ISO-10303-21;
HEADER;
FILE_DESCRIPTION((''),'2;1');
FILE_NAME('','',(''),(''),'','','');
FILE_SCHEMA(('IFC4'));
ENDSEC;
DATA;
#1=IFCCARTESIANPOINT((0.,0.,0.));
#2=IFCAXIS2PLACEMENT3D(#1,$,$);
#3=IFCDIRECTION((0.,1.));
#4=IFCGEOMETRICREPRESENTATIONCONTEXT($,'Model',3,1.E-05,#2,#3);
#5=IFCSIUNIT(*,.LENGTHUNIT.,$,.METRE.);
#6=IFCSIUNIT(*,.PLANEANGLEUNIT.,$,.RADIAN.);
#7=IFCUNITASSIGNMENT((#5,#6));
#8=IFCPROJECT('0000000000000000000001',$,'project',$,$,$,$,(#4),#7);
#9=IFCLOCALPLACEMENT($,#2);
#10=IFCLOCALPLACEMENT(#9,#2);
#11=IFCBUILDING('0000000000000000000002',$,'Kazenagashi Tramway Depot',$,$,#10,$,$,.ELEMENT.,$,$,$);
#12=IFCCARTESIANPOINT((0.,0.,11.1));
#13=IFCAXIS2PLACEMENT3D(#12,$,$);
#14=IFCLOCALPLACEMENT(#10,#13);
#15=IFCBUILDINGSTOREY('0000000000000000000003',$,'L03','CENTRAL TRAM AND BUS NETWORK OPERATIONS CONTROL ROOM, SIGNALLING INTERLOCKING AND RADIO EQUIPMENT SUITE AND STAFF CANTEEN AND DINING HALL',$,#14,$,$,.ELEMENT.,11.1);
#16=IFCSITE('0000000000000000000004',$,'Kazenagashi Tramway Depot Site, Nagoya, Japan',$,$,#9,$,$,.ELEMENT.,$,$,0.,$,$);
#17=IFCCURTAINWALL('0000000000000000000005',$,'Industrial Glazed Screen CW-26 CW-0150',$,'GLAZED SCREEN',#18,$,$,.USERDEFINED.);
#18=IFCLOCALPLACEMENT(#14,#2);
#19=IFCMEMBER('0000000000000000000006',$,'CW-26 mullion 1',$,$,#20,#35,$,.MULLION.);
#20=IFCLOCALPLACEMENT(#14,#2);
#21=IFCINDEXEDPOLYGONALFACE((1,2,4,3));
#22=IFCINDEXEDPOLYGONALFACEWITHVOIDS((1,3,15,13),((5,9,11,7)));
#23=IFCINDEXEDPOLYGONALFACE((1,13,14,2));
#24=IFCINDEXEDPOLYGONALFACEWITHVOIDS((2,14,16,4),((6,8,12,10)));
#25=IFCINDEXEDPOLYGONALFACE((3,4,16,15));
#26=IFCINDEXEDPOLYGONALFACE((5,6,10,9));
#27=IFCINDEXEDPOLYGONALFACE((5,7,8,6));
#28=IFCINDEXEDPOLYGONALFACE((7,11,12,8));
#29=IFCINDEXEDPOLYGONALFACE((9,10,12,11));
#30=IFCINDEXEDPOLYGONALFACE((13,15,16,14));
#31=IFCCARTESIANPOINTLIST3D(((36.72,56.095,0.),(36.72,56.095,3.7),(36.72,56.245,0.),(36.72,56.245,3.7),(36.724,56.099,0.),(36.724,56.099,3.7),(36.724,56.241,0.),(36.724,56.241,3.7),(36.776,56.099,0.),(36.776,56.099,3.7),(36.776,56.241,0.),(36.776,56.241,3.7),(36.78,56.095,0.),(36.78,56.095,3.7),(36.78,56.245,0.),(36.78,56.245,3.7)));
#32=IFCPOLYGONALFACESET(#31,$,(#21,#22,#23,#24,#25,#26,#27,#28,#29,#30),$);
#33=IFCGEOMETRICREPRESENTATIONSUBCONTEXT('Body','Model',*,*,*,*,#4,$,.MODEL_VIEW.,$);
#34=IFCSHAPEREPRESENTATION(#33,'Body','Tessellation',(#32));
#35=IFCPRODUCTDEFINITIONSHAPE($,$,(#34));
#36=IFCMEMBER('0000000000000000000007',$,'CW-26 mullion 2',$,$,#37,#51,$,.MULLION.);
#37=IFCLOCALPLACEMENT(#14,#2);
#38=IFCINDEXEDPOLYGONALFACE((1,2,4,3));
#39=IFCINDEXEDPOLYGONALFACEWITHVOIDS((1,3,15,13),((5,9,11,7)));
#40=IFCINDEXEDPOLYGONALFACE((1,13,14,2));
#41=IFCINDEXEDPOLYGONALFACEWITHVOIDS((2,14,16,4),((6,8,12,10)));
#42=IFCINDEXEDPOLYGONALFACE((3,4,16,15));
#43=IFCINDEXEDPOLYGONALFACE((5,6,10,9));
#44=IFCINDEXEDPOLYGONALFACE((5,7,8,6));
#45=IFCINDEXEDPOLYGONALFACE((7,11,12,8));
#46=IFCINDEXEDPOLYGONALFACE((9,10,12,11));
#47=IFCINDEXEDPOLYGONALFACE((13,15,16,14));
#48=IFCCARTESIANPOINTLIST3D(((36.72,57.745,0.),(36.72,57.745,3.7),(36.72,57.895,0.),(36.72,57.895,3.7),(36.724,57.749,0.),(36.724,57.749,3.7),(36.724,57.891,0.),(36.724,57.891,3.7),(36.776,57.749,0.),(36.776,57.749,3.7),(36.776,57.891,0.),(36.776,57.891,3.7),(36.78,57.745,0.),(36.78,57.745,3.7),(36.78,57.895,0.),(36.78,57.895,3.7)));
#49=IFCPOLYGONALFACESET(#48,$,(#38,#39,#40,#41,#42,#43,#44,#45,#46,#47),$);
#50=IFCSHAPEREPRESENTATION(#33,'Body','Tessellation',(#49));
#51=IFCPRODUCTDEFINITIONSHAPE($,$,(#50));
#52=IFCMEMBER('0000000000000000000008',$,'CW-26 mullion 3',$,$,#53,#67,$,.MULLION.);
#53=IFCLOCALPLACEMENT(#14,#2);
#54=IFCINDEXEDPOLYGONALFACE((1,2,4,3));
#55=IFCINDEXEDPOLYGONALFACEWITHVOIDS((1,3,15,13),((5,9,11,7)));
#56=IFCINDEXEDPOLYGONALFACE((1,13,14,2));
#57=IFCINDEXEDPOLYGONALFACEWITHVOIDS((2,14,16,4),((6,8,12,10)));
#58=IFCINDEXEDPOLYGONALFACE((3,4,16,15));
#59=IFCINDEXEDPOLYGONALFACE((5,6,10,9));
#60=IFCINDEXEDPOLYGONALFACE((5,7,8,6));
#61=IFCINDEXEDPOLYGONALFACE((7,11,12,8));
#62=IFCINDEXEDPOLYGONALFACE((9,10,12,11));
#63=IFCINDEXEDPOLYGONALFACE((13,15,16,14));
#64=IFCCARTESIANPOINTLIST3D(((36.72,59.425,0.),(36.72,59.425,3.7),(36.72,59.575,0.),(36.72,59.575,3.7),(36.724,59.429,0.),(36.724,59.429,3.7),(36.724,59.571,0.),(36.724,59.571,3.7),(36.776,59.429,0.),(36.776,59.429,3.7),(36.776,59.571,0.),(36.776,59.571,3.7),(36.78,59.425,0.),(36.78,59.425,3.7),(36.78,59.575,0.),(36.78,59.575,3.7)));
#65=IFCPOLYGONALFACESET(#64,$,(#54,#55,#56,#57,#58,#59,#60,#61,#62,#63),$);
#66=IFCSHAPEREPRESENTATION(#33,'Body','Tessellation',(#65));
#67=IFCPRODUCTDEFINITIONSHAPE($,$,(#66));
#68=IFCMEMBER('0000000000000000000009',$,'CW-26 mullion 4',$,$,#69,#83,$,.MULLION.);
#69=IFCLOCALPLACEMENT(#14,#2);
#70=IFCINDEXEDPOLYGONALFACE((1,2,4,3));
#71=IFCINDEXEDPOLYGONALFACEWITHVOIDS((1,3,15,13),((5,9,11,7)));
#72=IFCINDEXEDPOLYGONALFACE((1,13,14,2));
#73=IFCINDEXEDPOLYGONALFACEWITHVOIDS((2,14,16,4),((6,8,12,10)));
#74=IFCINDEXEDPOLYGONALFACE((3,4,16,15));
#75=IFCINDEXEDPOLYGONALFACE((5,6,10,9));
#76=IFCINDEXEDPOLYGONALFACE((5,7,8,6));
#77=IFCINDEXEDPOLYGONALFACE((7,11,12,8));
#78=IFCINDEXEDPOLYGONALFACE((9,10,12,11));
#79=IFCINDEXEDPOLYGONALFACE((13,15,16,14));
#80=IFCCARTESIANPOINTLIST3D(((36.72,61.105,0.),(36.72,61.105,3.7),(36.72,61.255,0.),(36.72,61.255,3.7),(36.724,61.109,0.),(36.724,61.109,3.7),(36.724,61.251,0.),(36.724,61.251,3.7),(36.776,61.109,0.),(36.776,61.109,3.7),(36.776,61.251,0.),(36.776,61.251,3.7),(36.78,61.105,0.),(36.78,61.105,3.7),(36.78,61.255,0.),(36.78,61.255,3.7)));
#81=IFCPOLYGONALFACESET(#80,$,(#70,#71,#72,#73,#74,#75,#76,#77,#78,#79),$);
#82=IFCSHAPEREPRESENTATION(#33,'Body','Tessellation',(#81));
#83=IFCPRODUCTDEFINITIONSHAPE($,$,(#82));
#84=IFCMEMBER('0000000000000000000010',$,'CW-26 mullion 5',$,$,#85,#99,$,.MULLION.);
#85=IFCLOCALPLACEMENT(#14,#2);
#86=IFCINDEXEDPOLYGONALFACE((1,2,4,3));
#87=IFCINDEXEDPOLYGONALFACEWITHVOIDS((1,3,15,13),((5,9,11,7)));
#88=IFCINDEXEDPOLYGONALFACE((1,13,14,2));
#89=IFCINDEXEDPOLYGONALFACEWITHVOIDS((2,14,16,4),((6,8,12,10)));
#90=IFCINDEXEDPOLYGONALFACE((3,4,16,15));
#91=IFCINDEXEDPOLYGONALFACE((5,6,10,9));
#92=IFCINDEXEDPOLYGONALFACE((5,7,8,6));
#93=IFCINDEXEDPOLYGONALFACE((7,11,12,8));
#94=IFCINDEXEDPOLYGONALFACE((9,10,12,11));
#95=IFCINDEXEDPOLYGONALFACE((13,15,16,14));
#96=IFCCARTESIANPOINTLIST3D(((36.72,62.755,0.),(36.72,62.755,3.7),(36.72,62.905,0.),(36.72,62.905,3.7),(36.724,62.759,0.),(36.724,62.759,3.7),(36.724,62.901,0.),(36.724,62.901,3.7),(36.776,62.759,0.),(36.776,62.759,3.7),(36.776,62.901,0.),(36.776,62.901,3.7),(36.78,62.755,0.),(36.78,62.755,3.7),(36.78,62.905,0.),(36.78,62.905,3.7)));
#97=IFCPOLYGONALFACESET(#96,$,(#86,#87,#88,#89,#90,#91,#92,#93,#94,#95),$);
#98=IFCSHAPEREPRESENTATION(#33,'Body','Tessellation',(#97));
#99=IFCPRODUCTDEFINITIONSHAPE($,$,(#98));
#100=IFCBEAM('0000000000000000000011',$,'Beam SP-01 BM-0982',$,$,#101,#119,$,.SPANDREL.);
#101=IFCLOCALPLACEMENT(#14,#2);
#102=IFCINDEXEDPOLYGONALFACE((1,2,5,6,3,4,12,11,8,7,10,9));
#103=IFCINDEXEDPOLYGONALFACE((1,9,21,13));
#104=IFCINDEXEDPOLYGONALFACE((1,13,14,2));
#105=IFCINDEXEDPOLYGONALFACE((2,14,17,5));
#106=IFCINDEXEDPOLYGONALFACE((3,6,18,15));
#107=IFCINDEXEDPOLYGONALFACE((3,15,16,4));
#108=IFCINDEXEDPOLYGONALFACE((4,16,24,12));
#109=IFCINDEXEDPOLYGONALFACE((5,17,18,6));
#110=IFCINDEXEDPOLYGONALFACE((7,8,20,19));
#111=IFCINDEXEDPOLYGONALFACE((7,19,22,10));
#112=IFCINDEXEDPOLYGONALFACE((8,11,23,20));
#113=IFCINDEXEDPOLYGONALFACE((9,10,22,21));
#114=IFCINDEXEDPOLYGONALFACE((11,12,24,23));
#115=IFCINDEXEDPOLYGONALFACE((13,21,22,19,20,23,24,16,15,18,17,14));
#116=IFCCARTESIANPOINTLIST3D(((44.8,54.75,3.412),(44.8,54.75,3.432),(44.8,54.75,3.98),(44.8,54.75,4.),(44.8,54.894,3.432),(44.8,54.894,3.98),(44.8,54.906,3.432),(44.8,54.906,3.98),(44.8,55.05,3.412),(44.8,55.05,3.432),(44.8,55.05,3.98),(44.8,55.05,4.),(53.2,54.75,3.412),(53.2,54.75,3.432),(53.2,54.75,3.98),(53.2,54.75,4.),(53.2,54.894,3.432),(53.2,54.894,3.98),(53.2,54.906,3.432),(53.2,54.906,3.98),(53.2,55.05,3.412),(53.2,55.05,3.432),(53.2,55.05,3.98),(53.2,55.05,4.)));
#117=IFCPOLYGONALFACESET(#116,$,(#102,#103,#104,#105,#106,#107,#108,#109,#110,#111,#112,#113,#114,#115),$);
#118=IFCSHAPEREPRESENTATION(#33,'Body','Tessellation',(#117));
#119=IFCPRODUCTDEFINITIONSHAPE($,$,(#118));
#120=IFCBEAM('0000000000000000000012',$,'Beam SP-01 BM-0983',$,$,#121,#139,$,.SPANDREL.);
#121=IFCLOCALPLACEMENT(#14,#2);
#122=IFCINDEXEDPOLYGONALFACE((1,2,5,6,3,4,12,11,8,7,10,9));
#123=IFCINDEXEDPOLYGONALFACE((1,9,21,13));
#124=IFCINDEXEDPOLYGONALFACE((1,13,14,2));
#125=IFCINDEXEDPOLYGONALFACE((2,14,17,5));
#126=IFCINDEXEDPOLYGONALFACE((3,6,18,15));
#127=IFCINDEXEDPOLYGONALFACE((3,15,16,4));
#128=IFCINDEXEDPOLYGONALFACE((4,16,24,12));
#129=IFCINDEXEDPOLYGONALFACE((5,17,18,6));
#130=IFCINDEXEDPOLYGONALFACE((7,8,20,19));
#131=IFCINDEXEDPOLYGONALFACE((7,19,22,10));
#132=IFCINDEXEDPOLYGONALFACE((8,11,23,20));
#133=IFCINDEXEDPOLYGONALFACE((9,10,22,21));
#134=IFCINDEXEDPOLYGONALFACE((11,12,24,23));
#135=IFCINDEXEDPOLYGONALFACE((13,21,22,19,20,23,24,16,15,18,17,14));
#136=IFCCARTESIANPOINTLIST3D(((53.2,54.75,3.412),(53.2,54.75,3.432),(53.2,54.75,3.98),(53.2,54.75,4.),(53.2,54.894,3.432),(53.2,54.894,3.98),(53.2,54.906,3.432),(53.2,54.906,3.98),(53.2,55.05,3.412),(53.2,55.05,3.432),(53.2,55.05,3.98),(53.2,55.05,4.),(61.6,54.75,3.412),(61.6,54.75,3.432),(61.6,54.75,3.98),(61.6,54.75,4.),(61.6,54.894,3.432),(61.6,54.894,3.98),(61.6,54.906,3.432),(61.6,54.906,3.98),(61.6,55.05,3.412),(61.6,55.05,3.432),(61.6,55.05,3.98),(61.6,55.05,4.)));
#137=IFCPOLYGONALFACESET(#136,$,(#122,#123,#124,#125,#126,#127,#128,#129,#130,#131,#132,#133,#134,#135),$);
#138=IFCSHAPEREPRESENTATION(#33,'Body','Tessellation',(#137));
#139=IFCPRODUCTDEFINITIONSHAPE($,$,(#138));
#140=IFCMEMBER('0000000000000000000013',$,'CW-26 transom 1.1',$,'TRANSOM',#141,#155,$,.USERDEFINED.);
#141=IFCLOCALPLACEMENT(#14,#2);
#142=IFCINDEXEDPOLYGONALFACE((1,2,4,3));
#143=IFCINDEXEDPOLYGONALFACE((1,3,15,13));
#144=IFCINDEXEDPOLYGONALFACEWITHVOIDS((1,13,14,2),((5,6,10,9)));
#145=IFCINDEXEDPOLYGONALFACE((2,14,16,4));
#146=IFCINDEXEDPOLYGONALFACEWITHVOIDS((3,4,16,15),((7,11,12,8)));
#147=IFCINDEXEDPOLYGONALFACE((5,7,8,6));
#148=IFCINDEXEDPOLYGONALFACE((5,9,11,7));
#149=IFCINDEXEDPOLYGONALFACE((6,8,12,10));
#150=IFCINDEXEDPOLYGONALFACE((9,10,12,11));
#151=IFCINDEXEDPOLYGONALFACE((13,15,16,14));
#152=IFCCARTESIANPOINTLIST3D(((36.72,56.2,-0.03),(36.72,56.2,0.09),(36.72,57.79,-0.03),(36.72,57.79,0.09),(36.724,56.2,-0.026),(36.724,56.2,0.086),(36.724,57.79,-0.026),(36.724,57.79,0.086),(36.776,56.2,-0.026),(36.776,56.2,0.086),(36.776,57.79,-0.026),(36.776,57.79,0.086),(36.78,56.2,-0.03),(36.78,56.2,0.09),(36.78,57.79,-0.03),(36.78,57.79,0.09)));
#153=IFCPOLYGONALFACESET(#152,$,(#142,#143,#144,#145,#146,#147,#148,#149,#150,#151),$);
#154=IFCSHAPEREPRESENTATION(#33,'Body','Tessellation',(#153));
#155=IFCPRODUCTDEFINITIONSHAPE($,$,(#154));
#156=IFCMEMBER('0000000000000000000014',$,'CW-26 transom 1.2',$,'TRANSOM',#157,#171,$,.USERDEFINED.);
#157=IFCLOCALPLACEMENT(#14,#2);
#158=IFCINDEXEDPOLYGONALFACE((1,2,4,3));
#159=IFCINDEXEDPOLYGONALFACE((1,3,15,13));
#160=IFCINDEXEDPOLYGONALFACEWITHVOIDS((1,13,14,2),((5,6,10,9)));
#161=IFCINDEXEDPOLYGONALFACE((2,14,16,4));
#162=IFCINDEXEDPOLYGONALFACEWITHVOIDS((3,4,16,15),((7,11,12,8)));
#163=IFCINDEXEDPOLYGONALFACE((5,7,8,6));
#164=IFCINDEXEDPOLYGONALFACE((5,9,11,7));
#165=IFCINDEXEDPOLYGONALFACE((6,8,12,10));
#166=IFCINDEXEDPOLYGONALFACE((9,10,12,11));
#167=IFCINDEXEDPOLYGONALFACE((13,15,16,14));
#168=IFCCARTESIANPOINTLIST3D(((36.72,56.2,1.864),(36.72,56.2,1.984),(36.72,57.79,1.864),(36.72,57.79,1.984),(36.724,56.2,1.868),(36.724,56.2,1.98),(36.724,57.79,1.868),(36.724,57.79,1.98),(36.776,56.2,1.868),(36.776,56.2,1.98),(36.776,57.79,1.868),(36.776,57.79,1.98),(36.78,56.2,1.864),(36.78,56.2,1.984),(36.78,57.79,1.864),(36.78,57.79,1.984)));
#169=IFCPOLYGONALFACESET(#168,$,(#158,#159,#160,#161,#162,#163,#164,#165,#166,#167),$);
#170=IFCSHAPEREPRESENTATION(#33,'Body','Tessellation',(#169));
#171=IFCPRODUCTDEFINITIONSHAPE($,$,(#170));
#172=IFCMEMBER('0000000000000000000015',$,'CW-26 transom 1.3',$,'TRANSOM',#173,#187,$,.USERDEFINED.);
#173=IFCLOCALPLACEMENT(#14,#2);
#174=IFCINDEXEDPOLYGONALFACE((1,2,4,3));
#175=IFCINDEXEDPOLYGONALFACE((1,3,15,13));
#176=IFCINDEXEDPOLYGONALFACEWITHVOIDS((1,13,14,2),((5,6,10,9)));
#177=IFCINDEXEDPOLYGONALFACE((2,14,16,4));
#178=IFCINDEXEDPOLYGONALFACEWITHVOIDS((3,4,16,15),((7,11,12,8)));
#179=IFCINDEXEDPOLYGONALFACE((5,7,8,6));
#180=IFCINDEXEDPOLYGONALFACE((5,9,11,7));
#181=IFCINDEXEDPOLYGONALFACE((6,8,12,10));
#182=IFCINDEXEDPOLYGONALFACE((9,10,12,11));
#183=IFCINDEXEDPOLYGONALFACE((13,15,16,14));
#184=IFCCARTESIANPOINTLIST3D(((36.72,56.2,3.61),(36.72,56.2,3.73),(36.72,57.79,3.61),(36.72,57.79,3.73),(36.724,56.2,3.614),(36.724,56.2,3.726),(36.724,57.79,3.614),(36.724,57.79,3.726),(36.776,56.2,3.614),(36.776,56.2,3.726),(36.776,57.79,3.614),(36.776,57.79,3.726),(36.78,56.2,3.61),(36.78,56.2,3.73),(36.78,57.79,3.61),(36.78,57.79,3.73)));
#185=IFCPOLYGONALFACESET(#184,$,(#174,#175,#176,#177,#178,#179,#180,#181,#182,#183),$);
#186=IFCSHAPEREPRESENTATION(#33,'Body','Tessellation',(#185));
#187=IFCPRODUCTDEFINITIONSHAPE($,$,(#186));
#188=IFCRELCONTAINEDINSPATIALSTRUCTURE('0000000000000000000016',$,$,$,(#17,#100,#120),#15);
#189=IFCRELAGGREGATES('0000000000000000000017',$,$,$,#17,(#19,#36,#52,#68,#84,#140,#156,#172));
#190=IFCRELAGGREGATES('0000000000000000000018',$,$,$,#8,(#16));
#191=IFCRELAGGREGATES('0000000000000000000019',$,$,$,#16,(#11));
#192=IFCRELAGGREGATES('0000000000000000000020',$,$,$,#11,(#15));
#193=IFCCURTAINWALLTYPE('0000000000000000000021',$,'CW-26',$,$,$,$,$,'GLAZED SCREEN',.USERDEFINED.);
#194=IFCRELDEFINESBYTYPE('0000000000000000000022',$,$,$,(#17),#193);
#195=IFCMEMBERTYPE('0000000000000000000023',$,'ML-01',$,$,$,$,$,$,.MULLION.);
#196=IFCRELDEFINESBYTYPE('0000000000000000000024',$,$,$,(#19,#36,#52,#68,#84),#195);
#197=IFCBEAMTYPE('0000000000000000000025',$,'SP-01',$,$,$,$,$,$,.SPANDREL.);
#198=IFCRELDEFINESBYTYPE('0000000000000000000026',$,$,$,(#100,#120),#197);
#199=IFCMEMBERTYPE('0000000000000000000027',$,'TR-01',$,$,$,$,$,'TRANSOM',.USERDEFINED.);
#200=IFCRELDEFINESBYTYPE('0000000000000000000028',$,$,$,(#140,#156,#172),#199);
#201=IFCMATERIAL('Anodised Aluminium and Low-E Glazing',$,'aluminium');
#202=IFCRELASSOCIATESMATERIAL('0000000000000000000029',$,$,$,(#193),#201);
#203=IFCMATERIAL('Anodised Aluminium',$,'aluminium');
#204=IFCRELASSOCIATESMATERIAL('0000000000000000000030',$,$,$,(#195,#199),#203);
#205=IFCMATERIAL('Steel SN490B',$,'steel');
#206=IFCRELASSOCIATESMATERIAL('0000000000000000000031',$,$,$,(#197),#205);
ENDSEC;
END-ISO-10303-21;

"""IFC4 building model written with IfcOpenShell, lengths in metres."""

from ifc_helpers import new_model, si_unit, direction, frame, origin, origin_2d, place, context, subcontext, project, spatial, hollow_rectangle, i_section, extrude, material, material_profile, profile_set, type_object, element, aggregate, save


model = new_model("IFC4")

# Units and contexts
model_context = context("Model", 3, precision=1e-05, world=origin(), true_north=direction((0.0, 1.0)))
body_context = subcontext(model_context, "Body", "Model", "MODEL_VIEW")
ifc_project = project(units=[si_unit("LENGTHUNIT", "METRE"), si_unit("PLANEANGLEUNIT", "RADIAN")], contexts=[model_context])

# Site, building, storey
site_placement = place(None, origin())
site = spatial("IfcSite", under=ifc_project, at=site_placement, Name="Kazenagashi Tramway Depot Site, Nagoya, Japan", CompositionType="ELEMENT", RefElevation=0.0)
building_placement = place(site_placement, origin())
building = spatial("IfcBuilding", under=site, at=building_placement, Name="Kazenagashi Tramway Depot", CompositionType="ELEMENT")
storey_placement = place(building_placement, frame((0.0, 0.0, 11.1)))
storey = spatial("IfcBuildingStorey", under=building, at=storey_placement, Name="L03", Description="CENTRAL TRAM AND BUS NETWORK OPERATIONS CONTROL ROOM, SIGNALLING INTERLOCKING AND RADIO EQUIPMENT SUITE AND STAFF CANTEEN AND DINING HALL", CompositionType="ELEMENT", Elevation=11.1)

# Curtain wall, members
ifc_material_1 = material(Name="Anodised Aluminium and Low-E Glazing", Category="aluminium")
curtain_wall_type = type_object("IfcCurtainWallType", Name="CW-26", ElementType="GLAZED SCREEN", PredefinedType="USERDEFINED", material=ifc_material_1)
curtain_wall_1_placement = place(storey_placement, origin())
curtain_wall_1 = element("IfcCurtainWall", 1, at=curtain_wall_1_placement, inside=storey, type_object=curtain_wall_type, Name="Industrial Glazed Screen CW-26 CW-0150", ObjectType="GLAZED SCREEN", PredefinedType="USERDEFINED")
ifc_material_2 = material(Name="Anodised Aluminium", Category="aluminium")
ifc_material_profile_1 = material_profile(ifc_material_2, hollow_rectangle(XDim=0.06, YDim=0.15, WallThickness=0.004, at=origin_2d()), Name="RHS-150x60x4")
ifc_profile_set_1 = profile_set([ifc_material_profile_1], Name="Anodised Aluminium")
member_type_1 = type_object("IfcMemberType", Name="ML-01", PredefinedType="MULLION", material=ifc_profile_set_1)
member_1_placement = place(storey_placement, frame((36.75, 56.17, 0.0), z_axis=(0.0, 0.0, 1.0), x_axis=(-1.0, 0.0, 0.0)))
member_1 = element("IfcMember", 2, at=member_1_placement, type_object=member_type_1, Name="CW-26 mullion 1", PredefinedType="MULLION", context=body_context, shape_type="SweptSolid", body=[
    extrude(hollow_rectangle(XDim=0.06, YDim=0.15, WallThickness=0.004, at=origin_2d()), origin(), (0.0, 0.0, 1.0), 3.7),
])
member_2_placement = place(storey_placement, frame((36.75, 57.82, 0.0), z_axis=(0.0, 0.0, 1.0), x_axis=(-1.0, 0.0, 0.0)))
member_2 = element("IfcMember", 3, at=member_2_placement, type_object=member_type_1, Name="CW-26 mullion 2", PredefinedType="MULLION", context=body_context, shape_type="SweptSolid", body=[
    extrude(hollow_rectangle(XDim=0.06, YDim=0.15, WallThickness=0.004, at=origin_2d()), origin(), (0.0, 0.0, 1.0), 3.7),
])
member_3_placement = place(storey_placement, frame((36.75, 59.5, 0.0), z_axis=(0.0, 0.0, 1.0), x_axis=(-1.0, 0.0, 0.0)))
member_3 = element("IfcMember", 4, at=member_3_placement, type_object=member_type_1, Name="CW-26 mullion 3", PredefinedType="MULLION", context=body_context, shape_type="SweptSolid", body=[
    extrude(hollow_rectangle(XDim=0.06, YDim=0.15, WallThickness=0.004, at=origin_2d()), origin(), (0.0, 0.0, 1.0), 3.7),
])
member_4_placement = place(storey_placement, frame((36.75, 61.18, 0.0), z_axis=(0.0, 0.0, 1.0), x_axis=(-1.0, 0.0, 0.0)))
member_4 = element("IfcMember", 5, at=member_4_placement, type_object=member_type_1, Name="CW-26 mullion 4", PredefinedType="MULLION", context=body_context, shape_type="SweptSolid", body=[
    extrude(hollow_rectangle(XDim=0.06, YDim=0.15, WallThickness=0.004, at=origin_2d()), origin(), (0.0, 0.0, 1.0), 3.7),
])
member_5_placement = place(storey_placement, frame((36.75, 62.83, 0.0), z_axis=(0.0, 0.0, 1.0), x_axis=(-1.0, 0.0, 0.0)))
member_5 = element("IfcMember", 6, at=member_5_placement, type_object=member_type_1, Name="CW-26 mullion 5", PredefinedType="MULLION", context=body_context, shape_type="SweptSolid", body=[
    extrude(hollow_rectangle(XDim=0.06, YDim=0.15, WallThickness=0.004, at=origin_2d()), origin(), (0.0, 0.0, 1.0), 3.7),
])

# Beams
ifc_material_3 = material(Name="Steel SN490B", Category="steel")
ifc_material_profile_2 = material_profile(ifc_material_3, i_section(OverallWidth=0.3, OverallDepth=0.588, WebThickness=0.012, FlangeThickness=0.02, at=origin_2d()), Name="H-588x300x12x20")
ifc_profile_set_2 = profile_set([ifc_material_profile_2], Name="Steel SN490B")
beam_type = type_object("IfcBeamType", Name="SP-01", PredefinedType="SPANDREL", material=ifc_profile_set_2)
for number, where, z_axis, x_axis, name in (
    (7, (44.8, 54.9, 3.706), (1.0, 0.0, 0.0), (0.0, 1.0, 0.0), "Beam SP-01 BM-0982"),
    (8, (53.2, 54.9, 3.706), (1.0, 0.0, 0.0), (0.0, 1.0, 0.0), "Beam SP-01 BM-0983"),
):
    element("IfcBeam", number, at=place(storey_placement, frame(where, z_axis=z_axis, x_axis=x_axis)), inside=storey, type_object=beam_type, Name=name, PredefinedType="SPANDREL", context=body_context, shape_type="SweptSolid", body=[
        extrude(i_section(OverallWidth=0.3, OverallDepth=0.588, WebThickness=0.012, FlangeThickness=0.02, at=origin_2d()), origin(), (0.0, 0.0, 1.0), 8.4),
    ])

# Members
ifc_material_profile_3 = material_profile(ifc_material_2, hollow_rectangle(XDim=0.06, YDim=0.12, WallThickness=0.004, at=origin_2d()), Name="RHS-120x60x4")
ifc_profile_set_3 = profile_set([ifc_material_profile_3], Name="Anodised Aluminium")
member_type_2 = type_object("IfcMemberType", Name="TR-01", ElementType="TRANSOM", PredefinedType="USERDEFINED", material=ifc_profile_set_3)
member_6_placement = place(storey_placement, frame((36.75, 56.2, 0.03), z_axis=(0.0, 1.0, 0.0), x_axis=(-1.0, 0.0, 0.0)))
member_6 = element("IfcMember", 9, at=member_6_placement, type_object=member_type_2, Name="CW-26 transom 1.1", ObjectType="TRANSOM", PredefinedType="USERDEFINED", context=body_context, shape_type="SweptSolid", body=[
    extrude(hollow_rectangle(XDim=0.06, YDim=0.12, WallThickness=0.004, at=origin_2d()), origin(), (0.0, 0.0, 1.0), 1.59),
])
member_7_placement = place(storey_placement, frame((36.75, 56.2, 1.924), z_axis=(0.0, 1.0, 0.0), x_axis=(-1.0, 0.0, 0.0)))
member_7 = element("IfcMember", 10, at=member_7_placement, type_object=member_type_2, Name="CW-26 transom 1.2", ObjectType="TRANSOM", PredefinedType="USERDEFINED", context=body_context, shape_type="SweptSolid", body=[
    extrude(hollow_rectangle(XDim=0.06, YDim=0.12, WallThickness=0.004, at=origin_2d()), origin(), (0.0, 0.0, 1.0), 1.59),
])
member_8_placement = place(storey_placement, frame((36.75, 56.2, 3.67), z_axis=(0.0, 1.0, 0.0), x_axis=(-1.0, 0.0, 0.0)))
member_8 = element("IfcMember", 11, at=member_8_placement, type_object=member_type_2, Name="CW-26 transom 1.3", ObjectType="TRANSOM", PredefinedType="USERDEFINED", context=body_context, shape_type="SweptSolid", body=[
    extrude(hollow_rectangle(XDim=0.06, YDim=0.12, WallThickness=0.004, at=origin_2d()), origin(), (0.0, 0.0, 1.0), 1.59),
])

aggregate(curtain_wall_1, [member_1, member_2, member_3, member_4, member_5, member_6, member_7, member_8])

save(model, "model.ifc")
